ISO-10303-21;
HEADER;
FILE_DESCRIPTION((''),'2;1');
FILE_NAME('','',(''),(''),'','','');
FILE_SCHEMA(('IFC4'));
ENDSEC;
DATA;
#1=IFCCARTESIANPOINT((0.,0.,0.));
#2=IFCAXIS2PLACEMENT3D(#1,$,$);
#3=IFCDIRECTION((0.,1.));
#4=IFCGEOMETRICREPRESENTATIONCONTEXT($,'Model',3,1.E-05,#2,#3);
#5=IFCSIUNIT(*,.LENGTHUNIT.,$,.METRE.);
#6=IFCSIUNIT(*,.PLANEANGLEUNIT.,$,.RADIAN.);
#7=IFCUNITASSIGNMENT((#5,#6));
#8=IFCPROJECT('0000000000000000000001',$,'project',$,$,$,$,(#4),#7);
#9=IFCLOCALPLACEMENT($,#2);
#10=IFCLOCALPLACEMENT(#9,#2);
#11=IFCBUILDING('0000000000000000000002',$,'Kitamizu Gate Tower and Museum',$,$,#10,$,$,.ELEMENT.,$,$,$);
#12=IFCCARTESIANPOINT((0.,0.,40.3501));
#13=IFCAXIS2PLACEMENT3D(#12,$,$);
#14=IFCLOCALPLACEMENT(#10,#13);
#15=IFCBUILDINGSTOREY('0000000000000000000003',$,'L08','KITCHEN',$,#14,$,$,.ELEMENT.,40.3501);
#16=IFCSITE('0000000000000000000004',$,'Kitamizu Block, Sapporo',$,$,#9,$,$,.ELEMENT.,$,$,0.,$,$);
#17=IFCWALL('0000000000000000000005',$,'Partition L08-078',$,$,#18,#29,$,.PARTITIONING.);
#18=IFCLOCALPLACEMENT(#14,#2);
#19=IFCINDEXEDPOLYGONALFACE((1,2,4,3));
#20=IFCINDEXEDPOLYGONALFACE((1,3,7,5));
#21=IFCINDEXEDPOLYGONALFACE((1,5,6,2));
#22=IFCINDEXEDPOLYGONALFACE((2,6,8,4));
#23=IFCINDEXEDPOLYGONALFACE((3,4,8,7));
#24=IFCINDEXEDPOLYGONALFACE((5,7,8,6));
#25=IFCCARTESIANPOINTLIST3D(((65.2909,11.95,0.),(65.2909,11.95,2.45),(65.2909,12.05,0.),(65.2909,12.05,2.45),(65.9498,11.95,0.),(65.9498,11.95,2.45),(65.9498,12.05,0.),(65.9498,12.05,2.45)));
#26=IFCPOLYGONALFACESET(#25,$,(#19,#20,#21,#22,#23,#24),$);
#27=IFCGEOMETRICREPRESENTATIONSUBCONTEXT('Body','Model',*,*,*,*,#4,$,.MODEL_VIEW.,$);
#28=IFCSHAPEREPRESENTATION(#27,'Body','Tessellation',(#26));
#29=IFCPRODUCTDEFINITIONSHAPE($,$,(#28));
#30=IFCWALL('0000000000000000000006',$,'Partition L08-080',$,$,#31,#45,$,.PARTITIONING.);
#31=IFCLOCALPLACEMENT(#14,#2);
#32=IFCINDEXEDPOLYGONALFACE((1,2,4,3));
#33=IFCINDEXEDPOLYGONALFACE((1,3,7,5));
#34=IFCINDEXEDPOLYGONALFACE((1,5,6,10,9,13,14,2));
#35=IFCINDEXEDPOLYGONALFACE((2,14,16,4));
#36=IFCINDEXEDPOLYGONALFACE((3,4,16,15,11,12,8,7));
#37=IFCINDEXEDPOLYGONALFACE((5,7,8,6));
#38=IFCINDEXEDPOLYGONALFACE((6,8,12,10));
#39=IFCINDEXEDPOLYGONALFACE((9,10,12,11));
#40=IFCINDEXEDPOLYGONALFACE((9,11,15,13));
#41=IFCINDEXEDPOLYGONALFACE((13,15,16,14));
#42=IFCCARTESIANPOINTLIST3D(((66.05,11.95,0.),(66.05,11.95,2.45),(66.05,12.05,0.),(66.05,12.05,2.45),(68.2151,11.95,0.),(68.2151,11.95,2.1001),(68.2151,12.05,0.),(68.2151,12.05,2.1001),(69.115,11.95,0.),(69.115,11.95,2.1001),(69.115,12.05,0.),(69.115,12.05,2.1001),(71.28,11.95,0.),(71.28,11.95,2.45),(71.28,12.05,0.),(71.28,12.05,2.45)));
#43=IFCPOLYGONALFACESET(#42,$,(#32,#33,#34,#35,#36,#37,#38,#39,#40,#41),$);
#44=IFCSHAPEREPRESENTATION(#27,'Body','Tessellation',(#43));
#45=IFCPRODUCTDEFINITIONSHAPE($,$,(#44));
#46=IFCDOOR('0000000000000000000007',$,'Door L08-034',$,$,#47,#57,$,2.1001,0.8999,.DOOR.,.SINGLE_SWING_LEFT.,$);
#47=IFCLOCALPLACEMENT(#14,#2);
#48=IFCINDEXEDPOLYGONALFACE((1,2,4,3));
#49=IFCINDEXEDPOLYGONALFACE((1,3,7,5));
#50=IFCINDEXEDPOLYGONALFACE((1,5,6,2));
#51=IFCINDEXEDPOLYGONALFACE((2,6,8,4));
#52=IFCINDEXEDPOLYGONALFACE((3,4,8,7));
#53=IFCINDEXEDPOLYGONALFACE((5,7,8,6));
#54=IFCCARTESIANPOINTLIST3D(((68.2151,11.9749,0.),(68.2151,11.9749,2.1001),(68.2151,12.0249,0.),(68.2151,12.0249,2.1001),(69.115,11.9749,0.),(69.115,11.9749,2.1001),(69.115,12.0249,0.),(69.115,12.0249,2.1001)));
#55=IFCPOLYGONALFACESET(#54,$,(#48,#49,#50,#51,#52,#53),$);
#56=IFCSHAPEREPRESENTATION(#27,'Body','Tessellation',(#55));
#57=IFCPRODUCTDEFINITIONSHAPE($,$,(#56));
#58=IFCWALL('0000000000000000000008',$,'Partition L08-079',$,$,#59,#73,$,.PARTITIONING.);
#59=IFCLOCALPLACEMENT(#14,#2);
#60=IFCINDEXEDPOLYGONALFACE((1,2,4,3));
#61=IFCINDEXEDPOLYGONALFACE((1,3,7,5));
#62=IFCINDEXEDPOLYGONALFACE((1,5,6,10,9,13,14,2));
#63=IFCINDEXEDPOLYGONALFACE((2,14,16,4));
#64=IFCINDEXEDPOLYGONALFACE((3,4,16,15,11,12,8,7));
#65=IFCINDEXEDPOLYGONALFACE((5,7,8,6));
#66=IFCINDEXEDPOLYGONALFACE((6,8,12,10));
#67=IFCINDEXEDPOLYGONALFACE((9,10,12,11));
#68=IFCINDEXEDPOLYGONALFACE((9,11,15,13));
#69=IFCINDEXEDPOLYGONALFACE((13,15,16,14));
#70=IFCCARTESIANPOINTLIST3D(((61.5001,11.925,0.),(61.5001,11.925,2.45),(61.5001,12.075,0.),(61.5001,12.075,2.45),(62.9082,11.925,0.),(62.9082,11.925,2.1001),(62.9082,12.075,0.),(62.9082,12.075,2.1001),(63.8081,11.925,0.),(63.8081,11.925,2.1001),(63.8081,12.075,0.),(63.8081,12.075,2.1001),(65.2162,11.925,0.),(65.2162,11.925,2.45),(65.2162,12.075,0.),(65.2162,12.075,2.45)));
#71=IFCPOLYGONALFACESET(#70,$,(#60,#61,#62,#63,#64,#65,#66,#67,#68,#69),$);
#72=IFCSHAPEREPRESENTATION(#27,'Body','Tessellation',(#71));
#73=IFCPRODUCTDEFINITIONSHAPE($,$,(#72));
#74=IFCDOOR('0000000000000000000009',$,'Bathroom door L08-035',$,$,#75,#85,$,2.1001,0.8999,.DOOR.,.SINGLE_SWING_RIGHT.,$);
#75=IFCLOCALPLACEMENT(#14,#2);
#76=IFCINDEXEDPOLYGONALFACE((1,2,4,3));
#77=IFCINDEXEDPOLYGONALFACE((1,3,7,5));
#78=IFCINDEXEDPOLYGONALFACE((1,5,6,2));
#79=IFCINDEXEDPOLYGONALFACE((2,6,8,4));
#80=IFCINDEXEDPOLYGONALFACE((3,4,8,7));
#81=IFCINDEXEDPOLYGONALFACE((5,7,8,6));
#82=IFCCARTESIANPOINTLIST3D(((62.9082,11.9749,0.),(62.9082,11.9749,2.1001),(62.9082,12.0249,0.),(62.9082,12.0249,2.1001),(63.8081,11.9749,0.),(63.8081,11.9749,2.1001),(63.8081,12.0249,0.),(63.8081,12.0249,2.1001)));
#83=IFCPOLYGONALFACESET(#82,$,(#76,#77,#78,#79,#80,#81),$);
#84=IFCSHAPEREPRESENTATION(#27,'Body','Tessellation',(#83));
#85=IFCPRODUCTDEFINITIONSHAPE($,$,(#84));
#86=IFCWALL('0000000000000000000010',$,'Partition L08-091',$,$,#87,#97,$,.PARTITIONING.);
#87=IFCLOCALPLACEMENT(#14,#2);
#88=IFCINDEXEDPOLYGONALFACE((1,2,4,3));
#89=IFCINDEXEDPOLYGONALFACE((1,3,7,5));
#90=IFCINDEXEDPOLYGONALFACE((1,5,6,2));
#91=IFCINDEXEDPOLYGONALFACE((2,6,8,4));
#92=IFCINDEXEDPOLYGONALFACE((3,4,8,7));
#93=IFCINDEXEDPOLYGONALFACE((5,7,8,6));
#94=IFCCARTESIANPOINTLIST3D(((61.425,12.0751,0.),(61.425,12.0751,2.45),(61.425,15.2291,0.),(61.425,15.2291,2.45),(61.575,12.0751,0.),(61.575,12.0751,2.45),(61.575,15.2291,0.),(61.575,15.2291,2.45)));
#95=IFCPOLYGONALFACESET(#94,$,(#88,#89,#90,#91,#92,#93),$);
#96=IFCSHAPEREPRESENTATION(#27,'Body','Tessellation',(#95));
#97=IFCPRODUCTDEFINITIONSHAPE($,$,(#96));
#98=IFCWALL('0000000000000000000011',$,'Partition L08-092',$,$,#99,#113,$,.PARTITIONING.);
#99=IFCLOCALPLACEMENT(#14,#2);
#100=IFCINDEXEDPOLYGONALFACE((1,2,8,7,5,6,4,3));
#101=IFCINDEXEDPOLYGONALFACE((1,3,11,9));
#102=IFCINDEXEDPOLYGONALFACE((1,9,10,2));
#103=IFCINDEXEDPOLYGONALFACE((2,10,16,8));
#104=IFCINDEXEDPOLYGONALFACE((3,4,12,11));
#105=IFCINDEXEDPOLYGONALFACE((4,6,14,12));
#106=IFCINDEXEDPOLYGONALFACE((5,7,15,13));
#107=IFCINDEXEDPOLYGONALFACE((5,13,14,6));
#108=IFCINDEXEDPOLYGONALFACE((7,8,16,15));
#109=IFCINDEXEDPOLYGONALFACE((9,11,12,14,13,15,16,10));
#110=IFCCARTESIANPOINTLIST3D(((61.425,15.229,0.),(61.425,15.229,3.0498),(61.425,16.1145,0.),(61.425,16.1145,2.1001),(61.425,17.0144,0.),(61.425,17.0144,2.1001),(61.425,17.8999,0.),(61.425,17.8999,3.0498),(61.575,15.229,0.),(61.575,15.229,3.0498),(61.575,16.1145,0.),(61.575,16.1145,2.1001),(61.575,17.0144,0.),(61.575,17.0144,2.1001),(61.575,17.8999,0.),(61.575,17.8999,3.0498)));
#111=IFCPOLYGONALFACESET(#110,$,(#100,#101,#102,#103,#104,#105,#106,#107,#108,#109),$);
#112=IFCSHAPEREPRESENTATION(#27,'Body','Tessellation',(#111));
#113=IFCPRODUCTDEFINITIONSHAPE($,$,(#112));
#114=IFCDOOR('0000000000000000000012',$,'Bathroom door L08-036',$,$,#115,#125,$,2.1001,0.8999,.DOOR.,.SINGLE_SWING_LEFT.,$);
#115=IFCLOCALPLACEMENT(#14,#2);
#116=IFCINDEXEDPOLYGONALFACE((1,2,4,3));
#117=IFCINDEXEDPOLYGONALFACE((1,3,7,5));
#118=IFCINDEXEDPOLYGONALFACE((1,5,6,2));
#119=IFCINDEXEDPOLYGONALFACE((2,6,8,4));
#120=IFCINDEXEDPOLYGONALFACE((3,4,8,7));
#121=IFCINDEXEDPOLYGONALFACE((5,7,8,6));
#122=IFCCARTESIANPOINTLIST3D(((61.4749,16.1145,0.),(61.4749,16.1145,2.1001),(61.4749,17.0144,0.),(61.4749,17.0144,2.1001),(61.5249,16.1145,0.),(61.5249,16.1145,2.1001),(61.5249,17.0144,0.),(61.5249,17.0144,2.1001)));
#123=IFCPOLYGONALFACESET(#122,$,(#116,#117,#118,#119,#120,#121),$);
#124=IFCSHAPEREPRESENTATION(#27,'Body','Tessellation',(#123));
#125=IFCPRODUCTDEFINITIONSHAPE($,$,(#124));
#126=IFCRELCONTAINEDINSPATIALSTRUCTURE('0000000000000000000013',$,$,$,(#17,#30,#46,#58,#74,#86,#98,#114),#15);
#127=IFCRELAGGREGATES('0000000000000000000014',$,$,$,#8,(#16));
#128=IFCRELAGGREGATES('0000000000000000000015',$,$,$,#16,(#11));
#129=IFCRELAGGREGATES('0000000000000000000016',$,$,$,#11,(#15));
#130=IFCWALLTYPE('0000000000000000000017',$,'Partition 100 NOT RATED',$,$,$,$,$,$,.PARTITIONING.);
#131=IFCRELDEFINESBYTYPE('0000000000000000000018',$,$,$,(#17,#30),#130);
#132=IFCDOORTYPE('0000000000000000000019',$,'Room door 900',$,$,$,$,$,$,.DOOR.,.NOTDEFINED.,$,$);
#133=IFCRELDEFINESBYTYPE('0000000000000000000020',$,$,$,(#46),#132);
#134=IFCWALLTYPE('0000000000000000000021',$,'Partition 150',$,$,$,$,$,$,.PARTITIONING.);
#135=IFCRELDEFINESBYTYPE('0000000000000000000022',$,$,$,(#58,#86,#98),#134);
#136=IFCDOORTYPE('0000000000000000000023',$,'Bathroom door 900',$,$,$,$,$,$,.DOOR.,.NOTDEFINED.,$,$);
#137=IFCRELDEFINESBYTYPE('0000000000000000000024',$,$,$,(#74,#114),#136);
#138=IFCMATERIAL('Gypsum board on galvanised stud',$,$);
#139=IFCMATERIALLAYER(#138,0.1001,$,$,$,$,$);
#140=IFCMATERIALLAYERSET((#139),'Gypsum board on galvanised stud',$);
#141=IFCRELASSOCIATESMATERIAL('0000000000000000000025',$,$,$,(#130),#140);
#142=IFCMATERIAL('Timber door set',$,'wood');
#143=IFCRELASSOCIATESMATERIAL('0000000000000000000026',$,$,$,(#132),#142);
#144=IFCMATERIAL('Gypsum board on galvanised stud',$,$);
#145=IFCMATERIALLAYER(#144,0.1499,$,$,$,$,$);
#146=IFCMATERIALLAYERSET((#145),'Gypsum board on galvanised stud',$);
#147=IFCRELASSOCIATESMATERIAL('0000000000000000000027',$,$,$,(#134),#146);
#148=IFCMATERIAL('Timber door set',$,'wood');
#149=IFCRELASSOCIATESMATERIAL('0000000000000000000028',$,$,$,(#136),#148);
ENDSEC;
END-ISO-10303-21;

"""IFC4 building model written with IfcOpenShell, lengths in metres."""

from ifc_helpers import new_model, si_unit, direction, frame, frame_2d, origin, place, context, subcontext, project, spatial, rectangle, extrude, material, layer, layer_set, type_object, element, fill, save


model = new_model("IFC4")

# Units and contexts
model_context = context("Model", 3, precision=1e-05, world=origin(), true_north=direction((0.0, 1.0)))
body_context = subcontext(model_context, "Body", "Model", "MODEL_VIEW")
ifc_project = project(units=[si_unit("LENGTHUNIT", "METRE"), si_unit("PLANEANGLEUNIT", "RADIAN")], contexts=[model_context])

# Site, building, storey
site_placement = place(None, origin())
site = spatial("IfcSite", under=ifc_project, at=site_placement, Name="Kitamizu Block, Sapporo", CompositionType="ELEMENT", RefElevation=0.0)
building_placement = place(site_placement, origin())
building = spatial("IfcBuilding", under=site, at=building_placement, Name="Kitamizu Gate Tower and Museum", CompositionType="ELEMENT")
storey_placement = place(building_placement, frame((0.0, 0.0, 40.3501)))
storey = spatial("IfcBuildingStorey", under=building, at=storey_placement, Name="L08", Description="KITCHEN", CompositionType="ELEMENT", Elevation=40.3501)

# Wall
ifc_material_1 = material(Name="Gypsum board on galvanised stud")
ifc_layer_1 = layer(ifc_material_1, 0.1001)
ifc_layer_set_1 = layer_set([ifc_layer_1], Name="Gypsum board on galvanised stud")
wall_type_1 = type_object("IfcWallType", Name="Partition 100 NOT RATED", PredefinedType="PARTITIONING", material=ifc_layer_set_1)
wall_1_placement = place(storey_placement, frame((65.95, 12.0, 0.0), z_axis=(0.0, 0.0, 1.0), x_axis=(-1.0, 0.0, 0.0)))
element("IfcWall", 1, at=wall_1_placement, inside=storey, type_object=wall_type_1, Name="Partition L08-078", PredefinedType="PARTITIONING", context=body_context, shape_type="SweptSolid", body=[
    extrude(rectangle(XDim=0.6589, YDim=0.1001, at=frame_2d((0.3296, 0.0))), origin(), (0.0, 0.0, 1.0), 2.45),
])

# Walls, openings, doors
wall_2_placement = place(storey_placement, frame((71.28, 12.0, 0.0), z_axis=(0.0, 0.0, 1.0), x_axis=(-1.0, 0.0, 0.0)))
wall_2 = element("IfcWall", 2, at=wall_2_placement, inside=storey, type_object=wall_type_1, Name="Partition L08-080", PredefinedType="PARTITIONING", context=body_context, shape_type="SweptSolid", body=[
    extrude(rectangle(XDim=5.23, YDim=0.1001, at=frame_2d((2.615, 0.0))), origin(), (0.0, 0.0, 1.0), 2.45),
])
opening_1_placement = place(wall_2_placement, frame((2.165, 0.0, 0.0)))
opening_1 = element("IfcOpeningElement", 3, at=opening_1_placement, cuts=wall_2, PredefinedType="OPENING", context=body_context, shape_type="SweptSolid", body=[
    extrude(rectangle(XDim=0.8999, YDim=2.1001, at=frame_2d((0.45, 1.05))), frame((0.0, 0.0601, 0.0), z_axis=(0.0, -1.0, 0.0), x_axis=(1.0, 0.0, 0.0)), (0.0, 0.0, 1.0), 0.1201),
])
ifc_material_2 = material(Name="Timber door set", Category="wood")
door_type_1 = type_object("IfcDoorType", Name="Room door 900", OperationType="NOTDEFINED", PredefinedType="DOOR", material=ifc_material_2)
door_1_placement = place(opening_1_placement, frame((0.8999, 0.0, 0.0), x_axis=(-1.0, 0.0, 0.0)))
door_1 = element("IfcDoor", 4, at=door_1_placement, inside=storey, type_object=door_type_1, Name="Door L08-034", OperationType="SINGLE_SWING_LEFT", OverallHeight=2.1001, OverallWidth=0.8999, PredefinedType="DOOR", context=body_context, shape_type="SweptSolid", body=[
    extrude(rectangle(XDim=0.8999, YDim=2.1001, at=frame_2d((0.45, 1.05))), frame((0.0, 0.0249, 0.0), z_axis=(0.0, -1.0, 0.0), x_axis=(1.0, 0.0, 0.0)), (0.0, 0.0, 1.0), 0.05),
])
fill(opening_1, door_1)
ifc_material_3 = material(Name="Gypsum board on galvanised stud")
ifc_layer_2 = layer(ifc_material_3, 0.1499)
ifc_layer_set_2 = layer_set([ifc_layer_2], Name="Gypsum board on galvanised stud")
wall_type_2 = type_object("IfcWallType", Name="Partition 150", PredefinedType="PARTITIONING", material=ifc_layer_set_2)
wall_3_placement = place(storey_placement, frame((65.2161, 12.0, 0.0), z_axis=(0.0, 0.0, 1.0), x_axis=(-1.0, 0.0, 0.0)))
wall_3 = element("IfcWall", 5, at=wall_3_placement, inside=storey, type_object=wall_type_2, Name="Partition L08-079", PredefinedType="PARTITIONING", context=body_context, shape_type="SweptSolid", body=[
    extrude(rectangle(XDim=3.7161, YDim=0.1499, at=frame_2d((1.8579, 0.0))), origin(), (0.0, 0.0, 1.0), 2.45),
])
opening_2_placement = place(wall_3_placement, frame((1.408, 0.0, 0.0)))
opening_2 = element("IfcOpeningElement", 6, at=opening_2_placement, cuts=wall_3, PredefinedType="OPENING", context=body_context, shape_type="SweptSolid", body=[
    extrude(rectangle(XDim=0.8999, YDim=2.1001, at=frame_2d((0.45, 1.05))), frame((0.0, 0.085, 0.0), z_axis=(0.0, -1.0, 0.0), x_axis=(1.0, 0.0, 0.0)), (0.0, 0.0, 1.0), 0.1699),
])
ifc_material_4 = material(Name="Timber door set", Category="wood")
door_type_2 = type_object("IfcDoorType", Name="Bathroom door 900", OperationType="NOTDEFINED", PredefinedType="DOOR", material=ifc_material_4)
door_2_placement = place(opening_2_placement, frame((0.8999, 0.0, 0.0), x_axis=(-1.0, 0.0, 0.0)))
door_2 = element("IfcDoor", 7, at=door_2_placement, inside=storey, type_object=door_type_2, Name="Bathroom door L08-035", OperationType="SINGLE_SWING_RIGHT", OverallHeight=2.1001, OverallWidth=0.8999, PredefinedType="DOOR", context=body_context, shape_type="SweptSolid", body=[
    extrude(rectangle(XDim=0.8999, YDim=2.1001, at=frame_2d((0.45, 1.05))), frame((0.0, 0.0249, 0.0), z_axis=(0.0, -1.0, 0.0), x_axis=(1.0, 0.0, 0.0)), (0.0, 0.0, 1.0), 0.05),
])
fill(opening_2, door_2)

# Wall
wall_4_placement = place(storey_placement, frame((61.5, 12.075, 0.0), z_axis=(0.0, 0.0, 1.0), x_axis=(0.0, 1.0, 0.0)))
element("IfcWall", 8, at=wall_4_placement, inside=storey, type_object=wall_type_2, Name="Partition L08-091", PredefinedType="PARTITIONING", context=body_context, shape_type="SweptSolid", body=[
    extrude(rectangle(XDim=3.1541, YDim=0.1499, at=frame_2d((1.5771, 0.0))), origin(), (0.0, 0.0, 1.0), 2.45),
])

# Wall, opening, door
wall_5_placement = place(storey_placement, frame((61.5, 15.229, 0.0), z_axis=(0.0, 0.0, 1.0), x_axis=(0.0, 1.0, 0.0)))
wall_5 = element("IfcWall", 9, at=wall_5_placement, inside=storey, type_object=wall_type_2, Name="Partition L08-092", PredefinedType="PARTITIONING", context=body_context, shape_type="SweptSolid", body=[
    extrude(rectangle(XDim=2.6709, YDim=0.1499, at=frame_2d((1.3354, 0.0))), origin(), (0.0, 0.0, 1.0), 3.0498),
])
opening_3_placement = place(wall_5_placement, frame((0.8855, 0.0, 0.0)))
opening_3 = element("IfcOpeningElement", 10, at=opening_3_placement, cuts=wall_5, PredefinedType="OPENING", context=body_context, shape_type="SweptSolid", body=[
    extrude(rectangle(XDim=0.8999, YDim=2.1001, at=frame_2d((0.45, 1.05))), frame((0.0, 0.085, 0.0), z_axis=(0.0, -1.0, 0.0), x_axis=(1.0, 0.0, 0.0)), (0.0, 0.0, 1.0), 0.1699),
])
door_3_placement = place(opening_3_placement, frame((0.8999, 0.0, 0.0), x_axis=(-1.0, 0.0, 0.0)))
door_3 = element("IfcDoor", 11, at=door_3_placement, inside=storey, type_object=door_type_2, Name="Bathroom door L08-036", OperationType="SINGLE_SWING_LEFT", OverallHeight=2.1001, OverallWidth=0.8999, PredefinedType="DOOR", context=body_context, shape_type="SweptSolid", body=[
    extrude(rectangle(XDim=0.8999, YDim=2.1001, at=frame_2d((0.45, 1.05))), frame((0.0, 0.0249, 0.0), z_axis=(0.0, -1.0, 0.0), x_axis=(1.0, 0.0, 0.0)), (0.0, 0.0, 1.0), 0.05),
])
fill(opening_3, door_3)

save(model, "model.ifc")
